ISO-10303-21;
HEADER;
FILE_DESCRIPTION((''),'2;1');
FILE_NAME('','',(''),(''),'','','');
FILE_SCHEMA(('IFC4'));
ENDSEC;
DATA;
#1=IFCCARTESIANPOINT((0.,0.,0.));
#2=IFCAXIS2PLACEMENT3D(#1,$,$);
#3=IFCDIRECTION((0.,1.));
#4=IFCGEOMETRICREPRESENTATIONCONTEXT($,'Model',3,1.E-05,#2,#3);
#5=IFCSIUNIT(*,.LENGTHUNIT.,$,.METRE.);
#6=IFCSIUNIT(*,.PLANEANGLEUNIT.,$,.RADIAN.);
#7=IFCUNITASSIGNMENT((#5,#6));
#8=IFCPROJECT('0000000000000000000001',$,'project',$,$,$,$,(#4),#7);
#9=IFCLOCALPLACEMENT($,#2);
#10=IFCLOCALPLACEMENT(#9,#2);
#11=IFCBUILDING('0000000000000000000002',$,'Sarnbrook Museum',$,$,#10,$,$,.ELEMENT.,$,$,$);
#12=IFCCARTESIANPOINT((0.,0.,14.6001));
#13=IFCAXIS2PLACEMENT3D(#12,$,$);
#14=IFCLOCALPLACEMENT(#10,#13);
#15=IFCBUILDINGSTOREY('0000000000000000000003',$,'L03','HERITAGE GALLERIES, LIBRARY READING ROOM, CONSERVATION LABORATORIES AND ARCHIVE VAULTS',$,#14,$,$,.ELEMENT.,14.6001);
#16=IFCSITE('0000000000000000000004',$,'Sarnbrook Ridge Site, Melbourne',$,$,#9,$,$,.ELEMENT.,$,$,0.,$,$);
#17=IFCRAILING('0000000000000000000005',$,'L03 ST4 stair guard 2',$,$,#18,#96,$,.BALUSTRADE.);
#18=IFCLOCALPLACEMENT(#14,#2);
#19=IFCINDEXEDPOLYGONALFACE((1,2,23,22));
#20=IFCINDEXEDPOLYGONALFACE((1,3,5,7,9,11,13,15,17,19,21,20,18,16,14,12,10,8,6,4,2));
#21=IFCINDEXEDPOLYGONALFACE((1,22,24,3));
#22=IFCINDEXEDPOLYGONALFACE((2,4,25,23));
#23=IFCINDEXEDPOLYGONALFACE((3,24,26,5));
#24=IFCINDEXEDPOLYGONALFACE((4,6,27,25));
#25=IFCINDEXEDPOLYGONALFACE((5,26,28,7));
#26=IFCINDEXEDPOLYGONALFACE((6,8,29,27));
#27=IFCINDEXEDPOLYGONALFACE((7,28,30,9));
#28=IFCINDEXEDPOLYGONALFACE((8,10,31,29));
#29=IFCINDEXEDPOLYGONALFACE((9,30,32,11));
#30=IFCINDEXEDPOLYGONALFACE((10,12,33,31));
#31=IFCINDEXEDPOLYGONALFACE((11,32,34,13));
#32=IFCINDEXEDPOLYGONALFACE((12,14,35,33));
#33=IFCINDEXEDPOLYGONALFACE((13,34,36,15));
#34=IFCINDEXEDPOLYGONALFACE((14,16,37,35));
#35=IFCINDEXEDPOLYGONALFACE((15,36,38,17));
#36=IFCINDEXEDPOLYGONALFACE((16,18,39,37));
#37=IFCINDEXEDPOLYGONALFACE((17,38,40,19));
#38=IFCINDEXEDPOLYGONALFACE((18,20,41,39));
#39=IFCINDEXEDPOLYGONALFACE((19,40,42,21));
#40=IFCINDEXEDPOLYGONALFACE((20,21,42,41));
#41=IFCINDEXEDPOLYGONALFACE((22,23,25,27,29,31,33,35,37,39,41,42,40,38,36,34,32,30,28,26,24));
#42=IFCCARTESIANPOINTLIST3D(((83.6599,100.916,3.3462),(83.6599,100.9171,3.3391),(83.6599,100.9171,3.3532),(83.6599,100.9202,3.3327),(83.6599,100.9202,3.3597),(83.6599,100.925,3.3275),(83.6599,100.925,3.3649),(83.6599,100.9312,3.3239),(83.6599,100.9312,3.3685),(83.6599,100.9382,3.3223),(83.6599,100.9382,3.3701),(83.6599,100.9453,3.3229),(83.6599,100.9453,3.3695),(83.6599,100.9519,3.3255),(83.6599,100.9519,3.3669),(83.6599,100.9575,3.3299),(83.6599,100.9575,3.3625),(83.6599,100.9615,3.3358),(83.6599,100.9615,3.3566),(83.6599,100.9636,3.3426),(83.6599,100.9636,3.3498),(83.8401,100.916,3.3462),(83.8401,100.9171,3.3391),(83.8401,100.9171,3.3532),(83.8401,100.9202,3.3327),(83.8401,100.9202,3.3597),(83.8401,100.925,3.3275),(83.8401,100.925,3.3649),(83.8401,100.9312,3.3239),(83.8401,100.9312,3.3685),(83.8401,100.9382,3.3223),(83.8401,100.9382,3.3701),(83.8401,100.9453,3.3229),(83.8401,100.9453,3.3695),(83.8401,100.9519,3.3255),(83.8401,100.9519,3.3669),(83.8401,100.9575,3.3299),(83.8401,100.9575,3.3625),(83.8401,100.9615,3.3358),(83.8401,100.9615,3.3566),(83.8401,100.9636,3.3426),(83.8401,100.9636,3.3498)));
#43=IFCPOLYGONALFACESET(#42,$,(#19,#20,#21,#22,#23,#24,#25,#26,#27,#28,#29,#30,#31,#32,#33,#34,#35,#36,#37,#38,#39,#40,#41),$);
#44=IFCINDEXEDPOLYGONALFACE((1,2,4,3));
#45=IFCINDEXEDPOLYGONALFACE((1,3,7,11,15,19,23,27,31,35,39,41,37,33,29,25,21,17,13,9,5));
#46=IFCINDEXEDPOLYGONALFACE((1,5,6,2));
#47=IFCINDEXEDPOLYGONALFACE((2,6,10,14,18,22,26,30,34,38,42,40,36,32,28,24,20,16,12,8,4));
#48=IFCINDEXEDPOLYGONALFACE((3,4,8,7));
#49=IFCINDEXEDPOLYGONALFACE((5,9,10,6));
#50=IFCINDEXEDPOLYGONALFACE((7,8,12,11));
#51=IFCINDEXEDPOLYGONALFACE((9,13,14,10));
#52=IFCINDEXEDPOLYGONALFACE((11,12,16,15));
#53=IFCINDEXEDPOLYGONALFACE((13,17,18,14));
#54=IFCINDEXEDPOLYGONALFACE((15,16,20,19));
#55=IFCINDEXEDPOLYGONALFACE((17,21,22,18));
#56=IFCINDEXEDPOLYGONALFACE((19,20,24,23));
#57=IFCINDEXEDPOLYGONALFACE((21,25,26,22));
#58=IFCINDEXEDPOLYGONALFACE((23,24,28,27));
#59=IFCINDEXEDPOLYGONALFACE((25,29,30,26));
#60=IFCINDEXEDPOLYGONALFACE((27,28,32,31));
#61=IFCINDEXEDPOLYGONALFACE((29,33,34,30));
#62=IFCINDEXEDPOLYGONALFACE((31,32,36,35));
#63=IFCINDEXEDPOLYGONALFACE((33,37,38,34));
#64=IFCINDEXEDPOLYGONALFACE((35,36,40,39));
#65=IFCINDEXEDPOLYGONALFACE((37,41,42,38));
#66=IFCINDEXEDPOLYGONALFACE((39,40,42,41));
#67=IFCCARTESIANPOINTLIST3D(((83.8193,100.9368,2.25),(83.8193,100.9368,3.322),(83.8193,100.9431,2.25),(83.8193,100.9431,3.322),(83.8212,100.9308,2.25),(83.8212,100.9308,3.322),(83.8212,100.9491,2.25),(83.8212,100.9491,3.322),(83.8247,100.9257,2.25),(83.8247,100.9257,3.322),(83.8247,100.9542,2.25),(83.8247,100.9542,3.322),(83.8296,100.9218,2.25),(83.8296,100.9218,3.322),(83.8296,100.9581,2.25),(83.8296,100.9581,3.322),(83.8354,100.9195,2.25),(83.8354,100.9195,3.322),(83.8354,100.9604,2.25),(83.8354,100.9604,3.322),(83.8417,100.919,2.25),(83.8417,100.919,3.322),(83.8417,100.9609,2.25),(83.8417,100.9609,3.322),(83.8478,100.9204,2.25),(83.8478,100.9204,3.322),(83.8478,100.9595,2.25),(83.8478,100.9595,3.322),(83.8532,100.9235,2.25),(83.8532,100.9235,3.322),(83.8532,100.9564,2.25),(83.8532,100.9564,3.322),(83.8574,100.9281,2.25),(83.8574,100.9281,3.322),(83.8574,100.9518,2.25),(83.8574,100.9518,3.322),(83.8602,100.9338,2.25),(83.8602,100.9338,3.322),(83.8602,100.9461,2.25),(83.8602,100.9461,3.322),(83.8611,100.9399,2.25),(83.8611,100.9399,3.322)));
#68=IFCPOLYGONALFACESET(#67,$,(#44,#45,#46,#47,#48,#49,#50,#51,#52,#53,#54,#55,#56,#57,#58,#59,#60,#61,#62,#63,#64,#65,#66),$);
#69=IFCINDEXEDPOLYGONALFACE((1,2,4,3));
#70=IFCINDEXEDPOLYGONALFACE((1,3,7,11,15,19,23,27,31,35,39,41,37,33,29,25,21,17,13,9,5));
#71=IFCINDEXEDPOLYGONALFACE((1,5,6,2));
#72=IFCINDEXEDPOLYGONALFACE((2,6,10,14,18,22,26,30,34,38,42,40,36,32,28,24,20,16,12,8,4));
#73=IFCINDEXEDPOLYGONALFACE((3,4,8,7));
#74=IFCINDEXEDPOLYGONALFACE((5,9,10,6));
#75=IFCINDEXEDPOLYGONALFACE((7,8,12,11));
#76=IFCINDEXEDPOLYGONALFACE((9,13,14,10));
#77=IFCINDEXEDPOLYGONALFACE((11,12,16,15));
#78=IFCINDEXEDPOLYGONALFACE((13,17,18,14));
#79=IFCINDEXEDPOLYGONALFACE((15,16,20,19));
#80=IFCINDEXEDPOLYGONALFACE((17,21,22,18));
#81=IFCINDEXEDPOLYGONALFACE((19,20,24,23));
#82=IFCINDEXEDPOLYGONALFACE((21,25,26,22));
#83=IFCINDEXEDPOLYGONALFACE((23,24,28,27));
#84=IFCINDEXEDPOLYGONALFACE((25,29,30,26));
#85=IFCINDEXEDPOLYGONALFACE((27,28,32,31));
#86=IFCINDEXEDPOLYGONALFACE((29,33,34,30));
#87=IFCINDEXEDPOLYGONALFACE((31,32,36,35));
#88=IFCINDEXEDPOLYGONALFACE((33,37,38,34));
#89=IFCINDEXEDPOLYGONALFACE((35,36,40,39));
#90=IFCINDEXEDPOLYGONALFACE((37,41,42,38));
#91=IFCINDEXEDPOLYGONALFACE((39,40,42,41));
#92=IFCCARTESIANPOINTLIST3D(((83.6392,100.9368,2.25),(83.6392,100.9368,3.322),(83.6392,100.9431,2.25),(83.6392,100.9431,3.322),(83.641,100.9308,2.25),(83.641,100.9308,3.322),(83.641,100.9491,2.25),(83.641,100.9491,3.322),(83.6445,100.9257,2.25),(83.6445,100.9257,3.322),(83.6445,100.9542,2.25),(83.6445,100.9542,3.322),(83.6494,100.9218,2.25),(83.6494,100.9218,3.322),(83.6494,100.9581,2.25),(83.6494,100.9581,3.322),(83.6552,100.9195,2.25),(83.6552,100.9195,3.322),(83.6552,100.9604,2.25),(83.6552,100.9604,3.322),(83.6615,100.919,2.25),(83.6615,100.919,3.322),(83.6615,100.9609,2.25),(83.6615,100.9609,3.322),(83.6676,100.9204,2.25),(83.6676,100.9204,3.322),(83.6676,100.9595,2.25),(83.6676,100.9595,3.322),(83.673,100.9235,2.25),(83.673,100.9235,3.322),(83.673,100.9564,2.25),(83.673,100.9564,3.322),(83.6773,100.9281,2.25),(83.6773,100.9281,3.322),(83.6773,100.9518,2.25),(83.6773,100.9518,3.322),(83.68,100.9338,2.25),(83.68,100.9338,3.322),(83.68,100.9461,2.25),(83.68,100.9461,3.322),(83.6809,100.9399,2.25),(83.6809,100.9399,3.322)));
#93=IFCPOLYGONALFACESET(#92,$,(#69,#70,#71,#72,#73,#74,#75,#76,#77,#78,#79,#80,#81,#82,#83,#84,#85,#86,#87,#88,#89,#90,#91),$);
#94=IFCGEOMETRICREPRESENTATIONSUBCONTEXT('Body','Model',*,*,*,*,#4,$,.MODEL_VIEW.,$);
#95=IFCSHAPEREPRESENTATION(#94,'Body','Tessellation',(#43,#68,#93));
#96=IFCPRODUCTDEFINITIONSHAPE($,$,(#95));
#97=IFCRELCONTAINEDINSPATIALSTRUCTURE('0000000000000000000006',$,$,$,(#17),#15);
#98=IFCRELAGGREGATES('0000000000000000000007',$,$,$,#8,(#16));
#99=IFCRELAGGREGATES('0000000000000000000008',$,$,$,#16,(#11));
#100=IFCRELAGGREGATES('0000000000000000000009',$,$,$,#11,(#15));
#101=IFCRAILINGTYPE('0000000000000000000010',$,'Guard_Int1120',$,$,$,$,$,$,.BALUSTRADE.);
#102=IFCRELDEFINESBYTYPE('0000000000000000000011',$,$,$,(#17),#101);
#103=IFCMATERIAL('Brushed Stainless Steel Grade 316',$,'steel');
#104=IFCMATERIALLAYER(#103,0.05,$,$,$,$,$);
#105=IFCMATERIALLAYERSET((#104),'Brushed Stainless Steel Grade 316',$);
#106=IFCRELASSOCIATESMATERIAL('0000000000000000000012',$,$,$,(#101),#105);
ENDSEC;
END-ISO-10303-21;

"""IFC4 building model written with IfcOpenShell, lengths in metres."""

from ifc_helpers import new_model, si_unit, direction, frame, origin, origin_2d, place, context, subcontext, project, spatial, circle, extrude, material, layer, layer_set, type_object, element, save


model = new_model("IFC4")

# Units and contexts
model_context = context("Model", 3, precision=1e-05, world=origin(), true_north=direction((0.0, 1.0)))
body_context = subcontext(model_context, "Body", "Model", "MODEL_VIEW")
ifc_project = project(units=[si_unit("LENGTHUNIT", "METRE"), si_unit("PLANEANGLEUNIT", "RADIAN")], contexts=[model_context])

# Site, building, storey
site_placement = place(None, origin())
site = spatial("IfcSite", under=ifc_project, at=site_placement, Name="Sarnbrook Ridge Site, Melbourne", CompositionType="ELEMENT", RefElevation=0.0)
building_placement = place(site_placement, origin())
building = spatial("IfcBuilding", under=site, at=building_placement, Name="Sarnbrook Museum", CompositionType="ELEMENT")
storey_placement = place(building_placement, frame((0.0, 0.0, 14.6001)))
storey = spatial("IfcBuildingStorey", under=building, at=storey_placement, Name="L03", Description="HERITAGE GALLERIES, LIBRARY READING ROOM, CONSERVATION LABORATORIES AND ARCHIVE VAULTS", CompositionType="ELEMENT", Elevation=14.6001)

# Shared definitions
ifc_material_1 = material(Name="Brushed Stainless Steel Grade 316", Category="steel")

# Railing
ifc_layer_1 = layer(ifc_material_1, 0.05)
ifc_layer_set_1 = layer_set([ifc_layer_1], Name="Brushed Stainless Steel Grade 316")
railing_type_1 = type_object("IfcRailingType", Name="Guard_Int1120", PredefinedType="BALUSTRADE", material=ifc_layer_set_1)
railing_1_placement = place(storey_placement, frame((83.8401, 100.9399, 2.25)))
element("IfcRailing", 1, at=railing_1_placement, inside=storey, type_object=railing_type_1, Name="L03 ST4 stair guard 2", PredefinedType="BALUSTRADE", context=body_context, shape_type="SweptSolid", body=[
    extrude(circle(Radius=0.0239, at=origin_2d()), frame((0.0, 0.0, 1.0962), z_axis=(-1.0, 0.0, 0.0), x_axis=(0.0, -1.0, 0.0)), (0.0, 0.0, 1.0), 0.1802),
    extrude(circle(Radius=0.021, at=origin_2d()), origin(), (0.0, 0.0, 1.0), 1.072),
    extrude(circle(Radius=0.021, at=origin_2d()), frame((-0.1802, 0.0, 0.0)), (0.0, 0.0, 1.0), 1.072),
])

save(model, "model.ifc")
